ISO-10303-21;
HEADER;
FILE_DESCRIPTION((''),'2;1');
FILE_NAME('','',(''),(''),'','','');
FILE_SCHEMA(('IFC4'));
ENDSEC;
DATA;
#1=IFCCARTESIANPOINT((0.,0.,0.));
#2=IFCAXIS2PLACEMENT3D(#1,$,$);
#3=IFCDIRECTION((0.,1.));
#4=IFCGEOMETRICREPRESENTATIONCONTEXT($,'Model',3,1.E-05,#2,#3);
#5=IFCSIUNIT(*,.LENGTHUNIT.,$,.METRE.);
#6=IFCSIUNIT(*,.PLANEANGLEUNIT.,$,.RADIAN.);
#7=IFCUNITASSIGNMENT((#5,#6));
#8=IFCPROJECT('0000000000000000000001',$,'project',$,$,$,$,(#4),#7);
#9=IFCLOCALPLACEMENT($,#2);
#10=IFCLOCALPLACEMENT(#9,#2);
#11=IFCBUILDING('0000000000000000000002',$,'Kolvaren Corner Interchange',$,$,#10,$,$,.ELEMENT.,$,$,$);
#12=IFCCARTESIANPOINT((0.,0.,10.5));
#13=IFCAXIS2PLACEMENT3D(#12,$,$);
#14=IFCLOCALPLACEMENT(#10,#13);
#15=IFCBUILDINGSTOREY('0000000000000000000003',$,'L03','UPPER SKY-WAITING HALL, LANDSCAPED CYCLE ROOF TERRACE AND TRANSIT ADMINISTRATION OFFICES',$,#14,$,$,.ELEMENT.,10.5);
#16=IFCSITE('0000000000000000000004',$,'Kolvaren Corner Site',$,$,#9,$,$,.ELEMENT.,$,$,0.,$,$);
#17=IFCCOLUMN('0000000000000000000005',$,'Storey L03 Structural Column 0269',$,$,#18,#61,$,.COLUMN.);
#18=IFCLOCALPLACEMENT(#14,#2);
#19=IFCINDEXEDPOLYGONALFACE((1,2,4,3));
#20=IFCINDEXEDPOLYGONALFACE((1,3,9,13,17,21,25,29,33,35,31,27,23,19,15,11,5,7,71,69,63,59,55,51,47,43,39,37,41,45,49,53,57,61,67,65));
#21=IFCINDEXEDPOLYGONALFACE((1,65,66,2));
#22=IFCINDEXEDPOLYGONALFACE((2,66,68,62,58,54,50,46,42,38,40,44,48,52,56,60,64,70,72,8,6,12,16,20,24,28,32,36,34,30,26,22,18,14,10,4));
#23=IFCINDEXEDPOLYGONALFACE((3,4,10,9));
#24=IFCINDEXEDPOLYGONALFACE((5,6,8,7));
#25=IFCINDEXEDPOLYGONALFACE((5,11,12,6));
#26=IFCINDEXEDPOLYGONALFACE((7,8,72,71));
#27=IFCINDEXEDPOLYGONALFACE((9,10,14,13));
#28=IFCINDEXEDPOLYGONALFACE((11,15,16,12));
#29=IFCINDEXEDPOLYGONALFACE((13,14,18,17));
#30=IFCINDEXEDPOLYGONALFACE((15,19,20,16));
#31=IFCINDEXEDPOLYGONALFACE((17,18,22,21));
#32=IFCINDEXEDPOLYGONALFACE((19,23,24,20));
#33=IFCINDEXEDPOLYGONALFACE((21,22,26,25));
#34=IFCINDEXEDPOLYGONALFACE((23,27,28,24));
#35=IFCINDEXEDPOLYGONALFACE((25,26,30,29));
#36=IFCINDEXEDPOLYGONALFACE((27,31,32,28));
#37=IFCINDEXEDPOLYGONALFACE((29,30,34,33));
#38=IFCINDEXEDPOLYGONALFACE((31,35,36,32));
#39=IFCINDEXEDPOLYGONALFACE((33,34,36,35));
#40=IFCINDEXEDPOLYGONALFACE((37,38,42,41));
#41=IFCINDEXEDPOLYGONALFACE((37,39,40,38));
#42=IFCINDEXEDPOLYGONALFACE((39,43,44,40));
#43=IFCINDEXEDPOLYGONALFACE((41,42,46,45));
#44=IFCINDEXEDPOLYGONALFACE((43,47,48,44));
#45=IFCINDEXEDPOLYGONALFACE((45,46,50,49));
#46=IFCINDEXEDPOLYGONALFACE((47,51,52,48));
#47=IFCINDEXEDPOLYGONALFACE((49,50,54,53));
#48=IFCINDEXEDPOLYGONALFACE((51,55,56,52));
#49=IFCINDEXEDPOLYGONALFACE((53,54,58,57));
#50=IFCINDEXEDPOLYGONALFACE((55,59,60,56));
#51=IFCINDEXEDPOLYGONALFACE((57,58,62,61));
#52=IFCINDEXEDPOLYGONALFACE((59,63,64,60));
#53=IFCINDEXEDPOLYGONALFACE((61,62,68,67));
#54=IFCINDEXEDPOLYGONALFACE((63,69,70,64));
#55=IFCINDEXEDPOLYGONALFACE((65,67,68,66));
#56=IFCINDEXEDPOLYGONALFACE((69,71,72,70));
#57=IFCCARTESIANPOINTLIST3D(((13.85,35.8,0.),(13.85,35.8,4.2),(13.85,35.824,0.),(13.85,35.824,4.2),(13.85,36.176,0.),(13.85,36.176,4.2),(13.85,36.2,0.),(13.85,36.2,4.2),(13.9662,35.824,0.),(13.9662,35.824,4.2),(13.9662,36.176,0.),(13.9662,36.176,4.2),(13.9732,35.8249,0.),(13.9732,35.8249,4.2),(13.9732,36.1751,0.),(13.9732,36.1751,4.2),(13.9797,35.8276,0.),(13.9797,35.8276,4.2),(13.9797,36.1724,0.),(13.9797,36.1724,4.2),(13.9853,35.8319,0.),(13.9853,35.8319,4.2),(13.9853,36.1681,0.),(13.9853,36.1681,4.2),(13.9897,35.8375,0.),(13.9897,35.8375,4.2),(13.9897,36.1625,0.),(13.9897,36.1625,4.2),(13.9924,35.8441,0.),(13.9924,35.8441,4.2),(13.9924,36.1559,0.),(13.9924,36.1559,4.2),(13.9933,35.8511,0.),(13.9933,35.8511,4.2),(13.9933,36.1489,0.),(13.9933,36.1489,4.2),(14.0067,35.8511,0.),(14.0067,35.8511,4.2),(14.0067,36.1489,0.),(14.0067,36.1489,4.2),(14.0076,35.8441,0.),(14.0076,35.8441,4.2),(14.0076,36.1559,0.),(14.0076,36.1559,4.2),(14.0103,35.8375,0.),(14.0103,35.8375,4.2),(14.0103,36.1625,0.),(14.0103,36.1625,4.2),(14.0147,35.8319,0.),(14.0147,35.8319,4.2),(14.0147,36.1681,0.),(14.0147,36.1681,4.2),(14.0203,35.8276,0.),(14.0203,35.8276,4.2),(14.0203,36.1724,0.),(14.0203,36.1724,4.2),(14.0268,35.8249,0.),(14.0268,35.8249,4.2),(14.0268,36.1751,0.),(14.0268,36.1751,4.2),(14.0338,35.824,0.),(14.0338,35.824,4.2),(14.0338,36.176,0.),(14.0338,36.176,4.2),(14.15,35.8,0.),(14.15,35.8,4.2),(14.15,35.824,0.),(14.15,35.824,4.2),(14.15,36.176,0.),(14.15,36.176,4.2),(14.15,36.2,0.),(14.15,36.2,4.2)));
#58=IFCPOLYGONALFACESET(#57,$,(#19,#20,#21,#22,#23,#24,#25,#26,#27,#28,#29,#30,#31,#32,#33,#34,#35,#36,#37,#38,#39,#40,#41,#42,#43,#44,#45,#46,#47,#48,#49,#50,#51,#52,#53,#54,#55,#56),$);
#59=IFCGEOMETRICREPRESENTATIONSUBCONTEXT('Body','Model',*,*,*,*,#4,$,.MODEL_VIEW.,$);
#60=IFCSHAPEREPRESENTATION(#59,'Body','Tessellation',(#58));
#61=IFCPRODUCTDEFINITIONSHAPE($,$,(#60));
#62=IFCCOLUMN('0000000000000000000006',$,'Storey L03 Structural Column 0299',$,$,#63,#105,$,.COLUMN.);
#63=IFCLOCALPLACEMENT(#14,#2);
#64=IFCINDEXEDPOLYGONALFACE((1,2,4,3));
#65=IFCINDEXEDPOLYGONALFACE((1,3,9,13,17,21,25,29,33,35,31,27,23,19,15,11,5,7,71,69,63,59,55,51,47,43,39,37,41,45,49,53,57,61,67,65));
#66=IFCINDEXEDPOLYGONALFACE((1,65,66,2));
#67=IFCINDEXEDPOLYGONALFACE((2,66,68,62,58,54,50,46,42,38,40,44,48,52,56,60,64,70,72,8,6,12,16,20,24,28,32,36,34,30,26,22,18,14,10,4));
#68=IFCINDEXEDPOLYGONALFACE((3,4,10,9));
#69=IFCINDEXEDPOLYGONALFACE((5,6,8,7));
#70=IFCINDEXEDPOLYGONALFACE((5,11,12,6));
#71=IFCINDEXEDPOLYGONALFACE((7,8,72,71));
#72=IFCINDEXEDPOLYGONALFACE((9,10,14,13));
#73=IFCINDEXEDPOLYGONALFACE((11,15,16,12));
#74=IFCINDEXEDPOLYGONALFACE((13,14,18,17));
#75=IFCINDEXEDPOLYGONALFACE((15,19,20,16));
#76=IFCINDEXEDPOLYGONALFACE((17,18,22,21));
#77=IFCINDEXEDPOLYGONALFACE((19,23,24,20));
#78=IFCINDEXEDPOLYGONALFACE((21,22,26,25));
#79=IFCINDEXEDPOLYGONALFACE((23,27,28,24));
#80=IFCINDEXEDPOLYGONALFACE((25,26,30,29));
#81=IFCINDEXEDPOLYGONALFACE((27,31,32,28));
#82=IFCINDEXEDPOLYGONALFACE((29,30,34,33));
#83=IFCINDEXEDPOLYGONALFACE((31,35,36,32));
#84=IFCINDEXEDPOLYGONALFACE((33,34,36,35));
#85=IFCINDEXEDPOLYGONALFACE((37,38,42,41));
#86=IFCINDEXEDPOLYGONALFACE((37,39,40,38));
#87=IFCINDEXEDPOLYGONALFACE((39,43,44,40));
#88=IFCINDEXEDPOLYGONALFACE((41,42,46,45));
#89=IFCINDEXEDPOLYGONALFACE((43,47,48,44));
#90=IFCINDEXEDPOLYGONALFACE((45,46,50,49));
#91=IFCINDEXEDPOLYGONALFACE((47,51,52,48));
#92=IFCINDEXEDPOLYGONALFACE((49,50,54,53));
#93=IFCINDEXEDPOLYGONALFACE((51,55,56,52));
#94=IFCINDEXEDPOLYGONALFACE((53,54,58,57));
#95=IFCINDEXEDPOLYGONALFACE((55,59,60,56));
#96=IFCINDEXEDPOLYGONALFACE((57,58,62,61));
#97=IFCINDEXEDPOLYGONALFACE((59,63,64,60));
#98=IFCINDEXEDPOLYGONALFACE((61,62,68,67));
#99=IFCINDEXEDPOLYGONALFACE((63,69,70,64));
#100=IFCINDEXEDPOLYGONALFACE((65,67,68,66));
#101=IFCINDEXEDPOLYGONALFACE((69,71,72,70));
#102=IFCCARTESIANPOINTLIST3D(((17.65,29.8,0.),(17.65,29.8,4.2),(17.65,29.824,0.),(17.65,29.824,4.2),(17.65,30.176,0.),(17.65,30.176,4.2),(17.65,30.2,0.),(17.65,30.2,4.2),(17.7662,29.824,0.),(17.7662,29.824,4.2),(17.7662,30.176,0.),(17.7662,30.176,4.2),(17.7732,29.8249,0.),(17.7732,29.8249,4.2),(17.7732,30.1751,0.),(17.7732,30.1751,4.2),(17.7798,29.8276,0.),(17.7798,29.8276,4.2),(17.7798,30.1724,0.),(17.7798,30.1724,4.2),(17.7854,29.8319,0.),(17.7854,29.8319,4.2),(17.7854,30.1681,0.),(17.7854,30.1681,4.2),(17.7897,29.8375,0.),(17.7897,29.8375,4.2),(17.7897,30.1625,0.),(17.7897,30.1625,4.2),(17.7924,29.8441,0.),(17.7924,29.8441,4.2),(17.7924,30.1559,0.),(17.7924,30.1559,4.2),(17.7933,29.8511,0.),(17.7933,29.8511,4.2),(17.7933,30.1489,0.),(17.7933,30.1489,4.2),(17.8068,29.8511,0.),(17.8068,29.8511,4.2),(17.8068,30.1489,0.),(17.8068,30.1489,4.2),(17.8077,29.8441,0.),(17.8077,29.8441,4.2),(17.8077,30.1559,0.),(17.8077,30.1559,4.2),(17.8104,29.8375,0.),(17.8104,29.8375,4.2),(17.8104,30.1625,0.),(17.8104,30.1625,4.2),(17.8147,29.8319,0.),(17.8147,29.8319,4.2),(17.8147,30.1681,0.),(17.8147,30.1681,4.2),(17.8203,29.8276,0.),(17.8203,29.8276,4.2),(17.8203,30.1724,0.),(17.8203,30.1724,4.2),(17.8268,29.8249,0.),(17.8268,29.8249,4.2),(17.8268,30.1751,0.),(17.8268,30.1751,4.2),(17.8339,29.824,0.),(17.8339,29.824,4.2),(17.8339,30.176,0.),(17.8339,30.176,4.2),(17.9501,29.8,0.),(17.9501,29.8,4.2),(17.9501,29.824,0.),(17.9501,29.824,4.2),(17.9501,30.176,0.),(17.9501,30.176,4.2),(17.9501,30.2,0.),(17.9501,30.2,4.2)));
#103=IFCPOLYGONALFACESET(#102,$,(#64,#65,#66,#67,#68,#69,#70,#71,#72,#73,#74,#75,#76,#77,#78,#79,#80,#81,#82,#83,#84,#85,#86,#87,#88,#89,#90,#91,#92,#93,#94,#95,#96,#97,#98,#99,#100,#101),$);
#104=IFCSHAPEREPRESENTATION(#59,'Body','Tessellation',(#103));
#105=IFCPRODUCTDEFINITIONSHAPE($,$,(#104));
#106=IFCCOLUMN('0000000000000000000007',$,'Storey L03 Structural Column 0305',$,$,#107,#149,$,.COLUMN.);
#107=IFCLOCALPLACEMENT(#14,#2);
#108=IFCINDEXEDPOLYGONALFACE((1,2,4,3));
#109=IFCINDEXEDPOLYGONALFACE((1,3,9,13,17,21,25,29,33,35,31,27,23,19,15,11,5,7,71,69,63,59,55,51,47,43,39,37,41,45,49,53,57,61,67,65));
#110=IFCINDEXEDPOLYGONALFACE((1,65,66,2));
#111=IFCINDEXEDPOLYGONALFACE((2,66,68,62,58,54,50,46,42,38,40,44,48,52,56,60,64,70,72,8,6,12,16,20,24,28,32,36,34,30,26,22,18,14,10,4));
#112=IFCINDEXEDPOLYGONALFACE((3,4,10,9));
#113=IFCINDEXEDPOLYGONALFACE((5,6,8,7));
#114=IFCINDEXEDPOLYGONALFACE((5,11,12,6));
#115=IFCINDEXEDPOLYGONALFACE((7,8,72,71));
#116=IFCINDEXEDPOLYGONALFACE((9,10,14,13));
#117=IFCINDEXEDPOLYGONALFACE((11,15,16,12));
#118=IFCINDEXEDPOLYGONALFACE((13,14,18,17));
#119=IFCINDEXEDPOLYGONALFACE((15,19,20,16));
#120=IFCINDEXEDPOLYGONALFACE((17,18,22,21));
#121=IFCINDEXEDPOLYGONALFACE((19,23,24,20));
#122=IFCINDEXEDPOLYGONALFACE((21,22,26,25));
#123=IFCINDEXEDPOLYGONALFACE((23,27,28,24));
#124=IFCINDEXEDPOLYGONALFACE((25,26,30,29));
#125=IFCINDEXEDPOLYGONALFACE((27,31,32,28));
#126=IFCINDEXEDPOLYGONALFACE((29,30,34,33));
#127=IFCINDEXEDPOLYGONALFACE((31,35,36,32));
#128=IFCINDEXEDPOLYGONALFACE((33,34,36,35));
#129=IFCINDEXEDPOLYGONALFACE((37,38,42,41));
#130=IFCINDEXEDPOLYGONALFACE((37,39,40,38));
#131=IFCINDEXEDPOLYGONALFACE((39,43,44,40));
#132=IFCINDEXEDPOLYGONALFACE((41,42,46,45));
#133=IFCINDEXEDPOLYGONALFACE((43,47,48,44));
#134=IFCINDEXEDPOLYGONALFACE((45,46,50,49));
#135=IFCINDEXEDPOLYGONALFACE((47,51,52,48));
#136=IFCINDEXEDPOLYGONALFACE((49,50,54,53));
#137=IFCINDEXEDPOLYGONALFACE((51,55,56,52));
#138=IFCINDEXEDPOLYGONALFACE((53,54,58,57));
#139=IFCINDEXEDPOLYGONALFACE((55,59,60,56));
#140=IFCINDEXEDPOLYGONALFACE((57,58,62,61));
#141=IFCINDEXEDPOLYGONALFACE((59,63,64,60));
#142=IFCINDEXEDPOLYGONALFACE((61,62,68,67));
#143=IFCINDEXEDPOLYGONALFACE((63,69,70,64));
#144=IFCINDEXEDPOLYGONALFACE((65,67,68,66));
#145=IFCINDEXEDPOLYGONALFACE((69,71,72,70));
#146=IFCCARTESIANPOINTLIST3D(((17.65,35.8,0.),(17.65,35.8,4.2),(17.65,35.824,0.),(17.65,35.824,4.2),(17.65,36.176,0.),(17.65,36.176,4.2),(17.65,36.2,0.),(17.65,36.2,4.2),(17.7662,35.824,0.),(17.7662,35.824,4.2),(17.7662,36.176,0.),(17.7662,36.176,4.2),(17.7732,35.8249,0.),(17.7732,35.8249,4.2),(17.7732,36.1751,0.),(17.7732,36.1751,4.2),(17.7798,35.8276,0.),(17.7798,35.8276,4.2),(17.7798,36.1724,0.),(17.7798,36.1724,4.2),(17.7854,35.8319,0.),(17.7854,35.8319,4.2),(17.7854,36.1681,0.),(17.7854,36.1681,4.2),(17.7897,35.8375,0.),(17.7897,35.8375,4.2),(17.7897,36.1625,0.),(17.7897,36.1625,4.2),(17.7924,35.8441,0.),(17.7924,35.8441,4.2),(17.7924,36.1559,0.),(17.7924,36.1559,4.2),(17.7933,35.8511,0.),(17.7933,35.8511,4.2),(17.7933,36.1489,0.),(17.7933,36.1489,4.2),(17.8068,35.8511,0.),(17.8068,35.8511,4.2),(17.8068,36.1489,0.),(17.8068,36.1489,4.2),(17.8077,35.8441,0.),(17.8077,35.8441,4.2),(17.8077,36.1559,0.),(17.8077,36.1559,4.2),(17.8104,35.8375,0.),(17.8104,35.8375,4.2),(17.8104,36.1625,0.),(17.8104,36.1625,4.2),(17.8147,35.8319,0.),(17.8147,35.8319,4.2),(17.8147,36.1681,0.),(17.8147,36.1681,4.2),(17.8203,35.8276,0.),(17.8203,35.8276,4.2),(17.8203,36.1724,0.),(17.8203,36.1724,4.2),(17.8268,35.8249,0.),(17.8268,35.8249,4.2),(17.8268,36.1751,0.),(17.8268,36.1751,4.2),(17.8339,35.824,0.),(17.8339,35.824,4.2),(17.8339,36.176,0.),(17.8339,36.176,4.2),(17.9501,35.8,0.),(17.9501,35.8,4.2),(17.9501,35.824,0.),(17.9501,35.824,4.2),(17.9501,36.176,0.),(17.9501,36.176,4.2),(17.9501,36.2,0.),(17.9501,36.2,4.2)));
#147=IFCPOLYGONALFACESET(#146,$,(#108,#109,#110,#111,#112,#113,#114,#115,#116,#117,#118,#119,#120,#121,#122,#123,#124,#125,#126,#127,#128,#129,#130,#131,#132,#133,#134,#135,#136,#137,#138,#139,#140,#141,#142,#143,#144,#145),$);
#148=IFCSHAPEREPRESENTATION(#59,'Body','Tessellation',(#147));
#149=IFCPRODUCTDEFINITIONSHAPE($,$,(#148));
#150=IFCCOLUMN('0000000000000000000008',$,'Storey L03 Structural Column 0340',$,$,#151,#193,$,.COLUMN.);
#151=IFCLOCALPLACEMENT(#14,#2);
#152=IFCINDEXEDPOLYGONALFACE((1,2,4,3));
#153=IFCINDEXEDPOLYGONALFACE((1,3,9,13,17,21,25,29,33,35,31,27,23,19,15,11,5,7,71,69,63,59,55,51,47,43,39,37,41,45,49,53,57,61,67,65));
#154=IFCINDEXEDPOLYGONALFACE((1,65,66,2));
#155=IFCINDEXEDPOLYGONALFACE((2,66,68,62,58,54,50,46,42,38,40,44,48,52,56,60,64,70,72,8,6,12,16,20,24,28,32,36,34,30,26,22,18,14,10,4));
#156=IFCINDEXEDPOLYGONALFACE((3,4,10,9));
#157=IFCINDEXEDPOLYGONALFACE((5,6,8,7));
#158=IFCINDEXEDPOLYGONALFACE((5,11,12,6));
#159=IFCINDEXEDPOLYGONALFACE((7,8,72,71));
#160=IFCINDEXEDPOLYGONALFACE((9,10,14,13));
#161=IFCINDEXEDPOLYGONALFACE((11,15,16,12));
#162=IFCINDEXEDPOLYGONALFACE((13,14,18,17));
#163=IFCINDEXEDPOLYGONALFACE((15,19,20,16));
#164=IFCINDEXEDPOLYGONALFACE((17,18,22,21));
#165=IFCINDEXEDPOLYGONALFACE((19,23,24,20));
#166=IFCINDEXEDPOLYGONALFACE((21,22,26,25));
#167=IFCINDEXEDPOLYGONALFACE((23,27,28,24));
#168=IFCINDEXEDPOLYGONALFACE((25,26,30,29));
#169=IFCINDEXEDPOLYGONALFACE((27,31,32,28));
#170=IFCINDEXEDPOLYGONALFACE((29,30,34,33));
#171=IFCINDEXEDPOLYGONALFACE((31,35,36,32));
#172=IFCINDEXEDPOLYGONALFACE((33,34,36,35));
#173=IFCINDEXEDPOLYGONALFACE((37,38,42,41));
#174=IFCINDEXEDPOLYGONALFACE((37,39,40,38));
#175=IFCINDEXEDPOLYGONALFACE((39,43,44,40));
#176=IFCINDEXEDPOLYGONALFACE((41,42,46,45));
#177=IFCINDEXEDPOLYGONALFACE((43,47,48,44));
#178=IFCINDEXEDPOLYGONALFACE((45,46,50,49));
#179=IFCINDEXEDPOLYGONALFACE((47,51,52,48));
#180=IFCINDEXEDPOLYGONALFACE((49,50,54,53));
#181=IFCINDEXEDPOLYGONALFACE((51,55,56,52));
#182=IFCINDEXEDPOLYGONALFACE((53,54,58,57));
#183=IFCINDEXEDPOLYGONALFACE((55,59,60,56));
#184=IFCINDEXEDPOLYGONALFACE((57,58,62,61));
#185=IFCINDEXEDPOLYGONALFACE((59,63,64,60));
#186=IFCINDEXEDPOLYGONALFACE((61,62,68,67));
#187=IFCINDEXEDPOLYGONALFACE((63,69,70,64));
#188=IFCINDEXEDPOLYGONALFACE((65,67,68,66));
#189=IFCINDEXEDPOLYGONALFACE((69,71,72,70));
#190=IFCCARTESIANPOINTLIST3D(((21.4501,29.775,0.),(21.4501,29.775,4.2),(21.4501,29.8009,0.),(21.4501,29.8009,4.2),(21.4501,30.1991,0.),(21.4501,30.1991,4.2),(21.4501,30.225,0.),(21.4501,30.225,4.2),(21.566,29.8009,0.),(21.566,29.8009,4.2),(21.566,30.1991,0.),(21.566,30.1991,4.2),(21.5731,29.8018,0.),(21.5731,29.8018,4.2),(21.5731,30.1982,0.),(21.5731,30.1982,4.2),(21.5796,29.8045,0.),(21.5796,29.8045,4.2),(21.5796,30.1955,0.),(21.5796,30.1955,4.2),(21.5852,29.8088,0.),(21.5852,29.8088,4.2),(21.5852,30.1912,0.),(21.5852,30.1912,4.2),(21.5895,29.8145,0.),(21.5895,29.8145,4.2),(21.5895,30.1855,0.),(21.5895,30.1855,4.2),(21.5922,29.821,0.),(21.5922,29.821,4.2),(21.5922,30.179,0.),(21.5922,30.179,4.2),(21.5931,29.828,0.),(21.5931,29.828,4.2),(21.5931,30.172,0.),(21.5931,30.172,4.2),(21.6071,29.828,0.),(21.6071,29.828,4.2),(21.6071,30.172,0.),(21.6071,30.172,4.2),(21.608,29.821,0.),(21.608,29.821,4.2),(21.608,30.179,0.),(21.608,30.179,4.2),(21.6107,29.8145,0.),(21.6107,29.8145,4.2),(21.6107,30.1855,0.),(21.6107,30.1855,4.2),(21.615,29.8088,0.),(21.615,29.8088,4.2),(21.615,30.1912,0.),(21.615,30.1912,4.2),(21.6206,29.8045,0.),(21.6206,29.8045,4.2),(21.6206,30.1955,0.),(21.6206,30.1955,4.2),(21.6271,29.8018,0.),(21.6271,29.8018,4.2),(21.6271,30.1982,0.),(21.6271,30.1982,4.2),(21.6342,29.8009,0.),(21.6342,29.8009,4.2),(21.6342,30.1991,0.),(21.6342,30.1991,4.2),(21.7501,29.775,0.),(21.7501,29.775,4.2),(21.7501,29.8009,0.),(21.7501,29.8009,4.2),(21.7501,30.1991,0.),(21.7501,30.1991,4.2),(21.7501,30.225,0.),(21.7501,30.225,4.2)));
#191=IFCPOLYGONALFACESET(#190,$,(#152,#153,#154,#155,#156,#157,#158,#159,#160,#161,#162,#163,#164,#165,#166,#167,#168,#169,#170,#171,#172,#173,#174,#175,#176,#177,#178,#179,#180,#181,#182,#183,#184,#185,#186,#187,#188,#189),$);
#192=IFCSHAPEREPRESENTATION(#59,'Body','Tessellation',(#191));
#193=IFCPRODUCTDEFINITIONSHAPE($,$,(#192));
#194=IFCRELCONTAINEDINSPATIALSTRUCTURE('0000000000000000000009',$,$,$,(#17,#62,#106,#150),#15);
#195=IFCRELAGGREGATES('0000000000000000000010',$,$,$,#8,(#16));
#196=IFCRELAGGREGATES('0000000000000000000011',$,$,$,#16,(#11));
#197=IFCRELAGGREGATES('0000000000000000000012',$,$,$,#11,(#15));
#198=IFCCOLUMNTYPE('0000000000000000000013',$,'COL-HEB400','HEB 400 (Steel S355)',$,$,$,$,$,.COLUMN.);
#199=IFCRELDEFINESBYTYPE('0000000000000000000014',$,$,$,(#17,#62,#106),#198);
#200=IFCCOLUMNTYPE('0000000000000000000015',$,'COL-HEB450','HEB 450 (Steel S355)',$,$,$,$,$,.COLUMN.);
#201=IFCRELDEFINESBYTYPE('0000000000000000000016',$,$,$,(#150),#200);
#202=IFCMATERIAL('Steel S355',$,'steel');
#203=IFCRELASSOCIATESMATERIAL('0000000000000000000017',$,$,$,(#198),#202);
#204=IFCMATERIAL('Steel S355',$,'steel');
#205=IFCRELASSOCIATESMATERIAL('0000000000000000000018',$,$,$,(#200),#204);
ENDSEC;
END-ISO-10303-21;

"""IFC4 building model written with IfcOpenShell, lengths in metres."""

from ifc_helpers import new_model, si_unit, direction, frame, origin, origin_2d, place, context, subcontext, project, spatial, i_section, extrude, material, material_profile, profile_set, type_object, element, save


model = new_model("IFC4")

# Units and contexts
model_context = context("Model", 3, precision=1e-05, world=origin(), true_north=direction((0.0, 1.0)))
body_context = subcontext(model_context, "Body", "Model", "MODEL_VIEW")
ifc_project = project(units=[si_unit("LENGTHUNIT", "METRE"), si_unit("PLANEANGLEUNIT", "RADIAN")], contexts=[model_context])

# Site, building, storey
site_placement = place(None, origin())
site = spatial("IfcSite", under=ifc_project, at=site_placement, Name="Kolvaren Corner Site", CompositionType="ELEMENT", RefElevation=0.0)
building_placement = place(site_placement, origin())
building = spatial("IfcBuilding", under=site, at=building_placement, Name="Kolvaren Corner Interchange", CompositionType="ELEMENT")
storey_placement = place(building_placement, frame((0.0, 0.0, 10.5)))
storey = spatial("IfcBuildingStorey", under=building, at=storey_placement, Name="L03", Description="UPPER SKY-WAITING HALL, LANDSCAPED CYCLE ROOF TERRACE AND TRANSIT ADMINISTRATION OFFICES", CompositionType="ELEMENT", Elevation=10.5)

# Columns
ifc_material_1 = material(Name="Steel S355", Category="steel")
ifc_material_profile_1 = material_profile(ifc_material_1, i_section(OverallWidth=0.3, OverallDepth=0.3999, WebThickness=0.0134, FlangeThickness=0.0239, FilletRadius=0.0271, at=origin_2d()), Name="HEB 400")
ifc_profile_set_1 = profile_set([ifc_material_profile_1], Name="Steel S355")
column_type_1 = type_object("IfcColumnType", Name="COL-HEB400", Description="HEB 400 (Steel S355)", PredefinedType="COLUMN", material=ifc_profile_set_1)
for number, where, z_axis, x_axis, name in (
    (1, (14.0, 36.0, 0.0), (0.0, 0.0, 1.0), (1.0, 0.0, 0.0), "Storey L03 Structural Column 0269"),
    (2, (17.8, 30.0, 0.0), (0.0, 0.0, 1.0), (1.0, 0.0, 0.0), "Storey L03 Structural Column 0299"),
    (3, (17.8, 36.0, 0.0), (0.0, 0.0, 1.0), (1.0, 0.0, 0.0), "Storey L03 Structural Column 0305"),
):
    element("IfcColumn", number, at=place(storey_placement, frame(where, z_axis=z_axis, x_axis=x_axis)), inside=storey, type_object=column_type_1, Name=name, PredefinedType="COLUMN", context=body_context, shape_type="SweptSolid", body=[
        extrude(i_section(OverallWidth=0.3, OverallDepth=0.3999, WebThickness=0.0134, FlangeThickness=0.0239, FilletRadius=0.0271, at=origin_2d()), origin(), (0.0, 0.0, 1.0), 4.2),
    ])
ifc_material_2 = material(Name="Steel S355", Category="steel")
ifc_material_profile_2 = material_profile(ifc_material_2, i_section(OverallWidth=0.3, OverallDepth=0.45, WebThickness=0.0139, FlangeThickness=0.0259, FilletRadius=0.0271, at=origin_2d()), Name="HEB 450")
ifc_profile_set_2 = profile_set([ifc_material_profile_2], Name="Steel S355")
column_type_2 = type_object("IfcColumnType", Name="COL-HEB450", Description="HEB 450 (Steel S355)", PredefinedType="COLUMN", material=ifc_profile_set_2)
for number, where, z_axis, x_axis, name in (
    (4, (21.6001, 30.0, 0.0), (0.0, 0.0, 1.0), (1.0, 0.0, 0.0), "Storey L03 Structural Column 0340"),
):
    element("IfcColumn", number, at=place(storey_placement, frame(where, z_axis=z_axis, x_axis=x_axis)), inside=storey, type_object=column_type_2, Name=name, PredefinedType="COLUMN", context=body_context, shape_type="SweptSolid", body=[
        extrude(i_section(OverallWidth=0.3, OverallDepth=0.45, WebThickness=0.0139, FlangeThickness=0.0259, FilletRadius=0.0271, at=origin_2d()), origin(), (0.0, 0.0, 1.0), 4.2),
    ])

save(model, "model.ifc")
